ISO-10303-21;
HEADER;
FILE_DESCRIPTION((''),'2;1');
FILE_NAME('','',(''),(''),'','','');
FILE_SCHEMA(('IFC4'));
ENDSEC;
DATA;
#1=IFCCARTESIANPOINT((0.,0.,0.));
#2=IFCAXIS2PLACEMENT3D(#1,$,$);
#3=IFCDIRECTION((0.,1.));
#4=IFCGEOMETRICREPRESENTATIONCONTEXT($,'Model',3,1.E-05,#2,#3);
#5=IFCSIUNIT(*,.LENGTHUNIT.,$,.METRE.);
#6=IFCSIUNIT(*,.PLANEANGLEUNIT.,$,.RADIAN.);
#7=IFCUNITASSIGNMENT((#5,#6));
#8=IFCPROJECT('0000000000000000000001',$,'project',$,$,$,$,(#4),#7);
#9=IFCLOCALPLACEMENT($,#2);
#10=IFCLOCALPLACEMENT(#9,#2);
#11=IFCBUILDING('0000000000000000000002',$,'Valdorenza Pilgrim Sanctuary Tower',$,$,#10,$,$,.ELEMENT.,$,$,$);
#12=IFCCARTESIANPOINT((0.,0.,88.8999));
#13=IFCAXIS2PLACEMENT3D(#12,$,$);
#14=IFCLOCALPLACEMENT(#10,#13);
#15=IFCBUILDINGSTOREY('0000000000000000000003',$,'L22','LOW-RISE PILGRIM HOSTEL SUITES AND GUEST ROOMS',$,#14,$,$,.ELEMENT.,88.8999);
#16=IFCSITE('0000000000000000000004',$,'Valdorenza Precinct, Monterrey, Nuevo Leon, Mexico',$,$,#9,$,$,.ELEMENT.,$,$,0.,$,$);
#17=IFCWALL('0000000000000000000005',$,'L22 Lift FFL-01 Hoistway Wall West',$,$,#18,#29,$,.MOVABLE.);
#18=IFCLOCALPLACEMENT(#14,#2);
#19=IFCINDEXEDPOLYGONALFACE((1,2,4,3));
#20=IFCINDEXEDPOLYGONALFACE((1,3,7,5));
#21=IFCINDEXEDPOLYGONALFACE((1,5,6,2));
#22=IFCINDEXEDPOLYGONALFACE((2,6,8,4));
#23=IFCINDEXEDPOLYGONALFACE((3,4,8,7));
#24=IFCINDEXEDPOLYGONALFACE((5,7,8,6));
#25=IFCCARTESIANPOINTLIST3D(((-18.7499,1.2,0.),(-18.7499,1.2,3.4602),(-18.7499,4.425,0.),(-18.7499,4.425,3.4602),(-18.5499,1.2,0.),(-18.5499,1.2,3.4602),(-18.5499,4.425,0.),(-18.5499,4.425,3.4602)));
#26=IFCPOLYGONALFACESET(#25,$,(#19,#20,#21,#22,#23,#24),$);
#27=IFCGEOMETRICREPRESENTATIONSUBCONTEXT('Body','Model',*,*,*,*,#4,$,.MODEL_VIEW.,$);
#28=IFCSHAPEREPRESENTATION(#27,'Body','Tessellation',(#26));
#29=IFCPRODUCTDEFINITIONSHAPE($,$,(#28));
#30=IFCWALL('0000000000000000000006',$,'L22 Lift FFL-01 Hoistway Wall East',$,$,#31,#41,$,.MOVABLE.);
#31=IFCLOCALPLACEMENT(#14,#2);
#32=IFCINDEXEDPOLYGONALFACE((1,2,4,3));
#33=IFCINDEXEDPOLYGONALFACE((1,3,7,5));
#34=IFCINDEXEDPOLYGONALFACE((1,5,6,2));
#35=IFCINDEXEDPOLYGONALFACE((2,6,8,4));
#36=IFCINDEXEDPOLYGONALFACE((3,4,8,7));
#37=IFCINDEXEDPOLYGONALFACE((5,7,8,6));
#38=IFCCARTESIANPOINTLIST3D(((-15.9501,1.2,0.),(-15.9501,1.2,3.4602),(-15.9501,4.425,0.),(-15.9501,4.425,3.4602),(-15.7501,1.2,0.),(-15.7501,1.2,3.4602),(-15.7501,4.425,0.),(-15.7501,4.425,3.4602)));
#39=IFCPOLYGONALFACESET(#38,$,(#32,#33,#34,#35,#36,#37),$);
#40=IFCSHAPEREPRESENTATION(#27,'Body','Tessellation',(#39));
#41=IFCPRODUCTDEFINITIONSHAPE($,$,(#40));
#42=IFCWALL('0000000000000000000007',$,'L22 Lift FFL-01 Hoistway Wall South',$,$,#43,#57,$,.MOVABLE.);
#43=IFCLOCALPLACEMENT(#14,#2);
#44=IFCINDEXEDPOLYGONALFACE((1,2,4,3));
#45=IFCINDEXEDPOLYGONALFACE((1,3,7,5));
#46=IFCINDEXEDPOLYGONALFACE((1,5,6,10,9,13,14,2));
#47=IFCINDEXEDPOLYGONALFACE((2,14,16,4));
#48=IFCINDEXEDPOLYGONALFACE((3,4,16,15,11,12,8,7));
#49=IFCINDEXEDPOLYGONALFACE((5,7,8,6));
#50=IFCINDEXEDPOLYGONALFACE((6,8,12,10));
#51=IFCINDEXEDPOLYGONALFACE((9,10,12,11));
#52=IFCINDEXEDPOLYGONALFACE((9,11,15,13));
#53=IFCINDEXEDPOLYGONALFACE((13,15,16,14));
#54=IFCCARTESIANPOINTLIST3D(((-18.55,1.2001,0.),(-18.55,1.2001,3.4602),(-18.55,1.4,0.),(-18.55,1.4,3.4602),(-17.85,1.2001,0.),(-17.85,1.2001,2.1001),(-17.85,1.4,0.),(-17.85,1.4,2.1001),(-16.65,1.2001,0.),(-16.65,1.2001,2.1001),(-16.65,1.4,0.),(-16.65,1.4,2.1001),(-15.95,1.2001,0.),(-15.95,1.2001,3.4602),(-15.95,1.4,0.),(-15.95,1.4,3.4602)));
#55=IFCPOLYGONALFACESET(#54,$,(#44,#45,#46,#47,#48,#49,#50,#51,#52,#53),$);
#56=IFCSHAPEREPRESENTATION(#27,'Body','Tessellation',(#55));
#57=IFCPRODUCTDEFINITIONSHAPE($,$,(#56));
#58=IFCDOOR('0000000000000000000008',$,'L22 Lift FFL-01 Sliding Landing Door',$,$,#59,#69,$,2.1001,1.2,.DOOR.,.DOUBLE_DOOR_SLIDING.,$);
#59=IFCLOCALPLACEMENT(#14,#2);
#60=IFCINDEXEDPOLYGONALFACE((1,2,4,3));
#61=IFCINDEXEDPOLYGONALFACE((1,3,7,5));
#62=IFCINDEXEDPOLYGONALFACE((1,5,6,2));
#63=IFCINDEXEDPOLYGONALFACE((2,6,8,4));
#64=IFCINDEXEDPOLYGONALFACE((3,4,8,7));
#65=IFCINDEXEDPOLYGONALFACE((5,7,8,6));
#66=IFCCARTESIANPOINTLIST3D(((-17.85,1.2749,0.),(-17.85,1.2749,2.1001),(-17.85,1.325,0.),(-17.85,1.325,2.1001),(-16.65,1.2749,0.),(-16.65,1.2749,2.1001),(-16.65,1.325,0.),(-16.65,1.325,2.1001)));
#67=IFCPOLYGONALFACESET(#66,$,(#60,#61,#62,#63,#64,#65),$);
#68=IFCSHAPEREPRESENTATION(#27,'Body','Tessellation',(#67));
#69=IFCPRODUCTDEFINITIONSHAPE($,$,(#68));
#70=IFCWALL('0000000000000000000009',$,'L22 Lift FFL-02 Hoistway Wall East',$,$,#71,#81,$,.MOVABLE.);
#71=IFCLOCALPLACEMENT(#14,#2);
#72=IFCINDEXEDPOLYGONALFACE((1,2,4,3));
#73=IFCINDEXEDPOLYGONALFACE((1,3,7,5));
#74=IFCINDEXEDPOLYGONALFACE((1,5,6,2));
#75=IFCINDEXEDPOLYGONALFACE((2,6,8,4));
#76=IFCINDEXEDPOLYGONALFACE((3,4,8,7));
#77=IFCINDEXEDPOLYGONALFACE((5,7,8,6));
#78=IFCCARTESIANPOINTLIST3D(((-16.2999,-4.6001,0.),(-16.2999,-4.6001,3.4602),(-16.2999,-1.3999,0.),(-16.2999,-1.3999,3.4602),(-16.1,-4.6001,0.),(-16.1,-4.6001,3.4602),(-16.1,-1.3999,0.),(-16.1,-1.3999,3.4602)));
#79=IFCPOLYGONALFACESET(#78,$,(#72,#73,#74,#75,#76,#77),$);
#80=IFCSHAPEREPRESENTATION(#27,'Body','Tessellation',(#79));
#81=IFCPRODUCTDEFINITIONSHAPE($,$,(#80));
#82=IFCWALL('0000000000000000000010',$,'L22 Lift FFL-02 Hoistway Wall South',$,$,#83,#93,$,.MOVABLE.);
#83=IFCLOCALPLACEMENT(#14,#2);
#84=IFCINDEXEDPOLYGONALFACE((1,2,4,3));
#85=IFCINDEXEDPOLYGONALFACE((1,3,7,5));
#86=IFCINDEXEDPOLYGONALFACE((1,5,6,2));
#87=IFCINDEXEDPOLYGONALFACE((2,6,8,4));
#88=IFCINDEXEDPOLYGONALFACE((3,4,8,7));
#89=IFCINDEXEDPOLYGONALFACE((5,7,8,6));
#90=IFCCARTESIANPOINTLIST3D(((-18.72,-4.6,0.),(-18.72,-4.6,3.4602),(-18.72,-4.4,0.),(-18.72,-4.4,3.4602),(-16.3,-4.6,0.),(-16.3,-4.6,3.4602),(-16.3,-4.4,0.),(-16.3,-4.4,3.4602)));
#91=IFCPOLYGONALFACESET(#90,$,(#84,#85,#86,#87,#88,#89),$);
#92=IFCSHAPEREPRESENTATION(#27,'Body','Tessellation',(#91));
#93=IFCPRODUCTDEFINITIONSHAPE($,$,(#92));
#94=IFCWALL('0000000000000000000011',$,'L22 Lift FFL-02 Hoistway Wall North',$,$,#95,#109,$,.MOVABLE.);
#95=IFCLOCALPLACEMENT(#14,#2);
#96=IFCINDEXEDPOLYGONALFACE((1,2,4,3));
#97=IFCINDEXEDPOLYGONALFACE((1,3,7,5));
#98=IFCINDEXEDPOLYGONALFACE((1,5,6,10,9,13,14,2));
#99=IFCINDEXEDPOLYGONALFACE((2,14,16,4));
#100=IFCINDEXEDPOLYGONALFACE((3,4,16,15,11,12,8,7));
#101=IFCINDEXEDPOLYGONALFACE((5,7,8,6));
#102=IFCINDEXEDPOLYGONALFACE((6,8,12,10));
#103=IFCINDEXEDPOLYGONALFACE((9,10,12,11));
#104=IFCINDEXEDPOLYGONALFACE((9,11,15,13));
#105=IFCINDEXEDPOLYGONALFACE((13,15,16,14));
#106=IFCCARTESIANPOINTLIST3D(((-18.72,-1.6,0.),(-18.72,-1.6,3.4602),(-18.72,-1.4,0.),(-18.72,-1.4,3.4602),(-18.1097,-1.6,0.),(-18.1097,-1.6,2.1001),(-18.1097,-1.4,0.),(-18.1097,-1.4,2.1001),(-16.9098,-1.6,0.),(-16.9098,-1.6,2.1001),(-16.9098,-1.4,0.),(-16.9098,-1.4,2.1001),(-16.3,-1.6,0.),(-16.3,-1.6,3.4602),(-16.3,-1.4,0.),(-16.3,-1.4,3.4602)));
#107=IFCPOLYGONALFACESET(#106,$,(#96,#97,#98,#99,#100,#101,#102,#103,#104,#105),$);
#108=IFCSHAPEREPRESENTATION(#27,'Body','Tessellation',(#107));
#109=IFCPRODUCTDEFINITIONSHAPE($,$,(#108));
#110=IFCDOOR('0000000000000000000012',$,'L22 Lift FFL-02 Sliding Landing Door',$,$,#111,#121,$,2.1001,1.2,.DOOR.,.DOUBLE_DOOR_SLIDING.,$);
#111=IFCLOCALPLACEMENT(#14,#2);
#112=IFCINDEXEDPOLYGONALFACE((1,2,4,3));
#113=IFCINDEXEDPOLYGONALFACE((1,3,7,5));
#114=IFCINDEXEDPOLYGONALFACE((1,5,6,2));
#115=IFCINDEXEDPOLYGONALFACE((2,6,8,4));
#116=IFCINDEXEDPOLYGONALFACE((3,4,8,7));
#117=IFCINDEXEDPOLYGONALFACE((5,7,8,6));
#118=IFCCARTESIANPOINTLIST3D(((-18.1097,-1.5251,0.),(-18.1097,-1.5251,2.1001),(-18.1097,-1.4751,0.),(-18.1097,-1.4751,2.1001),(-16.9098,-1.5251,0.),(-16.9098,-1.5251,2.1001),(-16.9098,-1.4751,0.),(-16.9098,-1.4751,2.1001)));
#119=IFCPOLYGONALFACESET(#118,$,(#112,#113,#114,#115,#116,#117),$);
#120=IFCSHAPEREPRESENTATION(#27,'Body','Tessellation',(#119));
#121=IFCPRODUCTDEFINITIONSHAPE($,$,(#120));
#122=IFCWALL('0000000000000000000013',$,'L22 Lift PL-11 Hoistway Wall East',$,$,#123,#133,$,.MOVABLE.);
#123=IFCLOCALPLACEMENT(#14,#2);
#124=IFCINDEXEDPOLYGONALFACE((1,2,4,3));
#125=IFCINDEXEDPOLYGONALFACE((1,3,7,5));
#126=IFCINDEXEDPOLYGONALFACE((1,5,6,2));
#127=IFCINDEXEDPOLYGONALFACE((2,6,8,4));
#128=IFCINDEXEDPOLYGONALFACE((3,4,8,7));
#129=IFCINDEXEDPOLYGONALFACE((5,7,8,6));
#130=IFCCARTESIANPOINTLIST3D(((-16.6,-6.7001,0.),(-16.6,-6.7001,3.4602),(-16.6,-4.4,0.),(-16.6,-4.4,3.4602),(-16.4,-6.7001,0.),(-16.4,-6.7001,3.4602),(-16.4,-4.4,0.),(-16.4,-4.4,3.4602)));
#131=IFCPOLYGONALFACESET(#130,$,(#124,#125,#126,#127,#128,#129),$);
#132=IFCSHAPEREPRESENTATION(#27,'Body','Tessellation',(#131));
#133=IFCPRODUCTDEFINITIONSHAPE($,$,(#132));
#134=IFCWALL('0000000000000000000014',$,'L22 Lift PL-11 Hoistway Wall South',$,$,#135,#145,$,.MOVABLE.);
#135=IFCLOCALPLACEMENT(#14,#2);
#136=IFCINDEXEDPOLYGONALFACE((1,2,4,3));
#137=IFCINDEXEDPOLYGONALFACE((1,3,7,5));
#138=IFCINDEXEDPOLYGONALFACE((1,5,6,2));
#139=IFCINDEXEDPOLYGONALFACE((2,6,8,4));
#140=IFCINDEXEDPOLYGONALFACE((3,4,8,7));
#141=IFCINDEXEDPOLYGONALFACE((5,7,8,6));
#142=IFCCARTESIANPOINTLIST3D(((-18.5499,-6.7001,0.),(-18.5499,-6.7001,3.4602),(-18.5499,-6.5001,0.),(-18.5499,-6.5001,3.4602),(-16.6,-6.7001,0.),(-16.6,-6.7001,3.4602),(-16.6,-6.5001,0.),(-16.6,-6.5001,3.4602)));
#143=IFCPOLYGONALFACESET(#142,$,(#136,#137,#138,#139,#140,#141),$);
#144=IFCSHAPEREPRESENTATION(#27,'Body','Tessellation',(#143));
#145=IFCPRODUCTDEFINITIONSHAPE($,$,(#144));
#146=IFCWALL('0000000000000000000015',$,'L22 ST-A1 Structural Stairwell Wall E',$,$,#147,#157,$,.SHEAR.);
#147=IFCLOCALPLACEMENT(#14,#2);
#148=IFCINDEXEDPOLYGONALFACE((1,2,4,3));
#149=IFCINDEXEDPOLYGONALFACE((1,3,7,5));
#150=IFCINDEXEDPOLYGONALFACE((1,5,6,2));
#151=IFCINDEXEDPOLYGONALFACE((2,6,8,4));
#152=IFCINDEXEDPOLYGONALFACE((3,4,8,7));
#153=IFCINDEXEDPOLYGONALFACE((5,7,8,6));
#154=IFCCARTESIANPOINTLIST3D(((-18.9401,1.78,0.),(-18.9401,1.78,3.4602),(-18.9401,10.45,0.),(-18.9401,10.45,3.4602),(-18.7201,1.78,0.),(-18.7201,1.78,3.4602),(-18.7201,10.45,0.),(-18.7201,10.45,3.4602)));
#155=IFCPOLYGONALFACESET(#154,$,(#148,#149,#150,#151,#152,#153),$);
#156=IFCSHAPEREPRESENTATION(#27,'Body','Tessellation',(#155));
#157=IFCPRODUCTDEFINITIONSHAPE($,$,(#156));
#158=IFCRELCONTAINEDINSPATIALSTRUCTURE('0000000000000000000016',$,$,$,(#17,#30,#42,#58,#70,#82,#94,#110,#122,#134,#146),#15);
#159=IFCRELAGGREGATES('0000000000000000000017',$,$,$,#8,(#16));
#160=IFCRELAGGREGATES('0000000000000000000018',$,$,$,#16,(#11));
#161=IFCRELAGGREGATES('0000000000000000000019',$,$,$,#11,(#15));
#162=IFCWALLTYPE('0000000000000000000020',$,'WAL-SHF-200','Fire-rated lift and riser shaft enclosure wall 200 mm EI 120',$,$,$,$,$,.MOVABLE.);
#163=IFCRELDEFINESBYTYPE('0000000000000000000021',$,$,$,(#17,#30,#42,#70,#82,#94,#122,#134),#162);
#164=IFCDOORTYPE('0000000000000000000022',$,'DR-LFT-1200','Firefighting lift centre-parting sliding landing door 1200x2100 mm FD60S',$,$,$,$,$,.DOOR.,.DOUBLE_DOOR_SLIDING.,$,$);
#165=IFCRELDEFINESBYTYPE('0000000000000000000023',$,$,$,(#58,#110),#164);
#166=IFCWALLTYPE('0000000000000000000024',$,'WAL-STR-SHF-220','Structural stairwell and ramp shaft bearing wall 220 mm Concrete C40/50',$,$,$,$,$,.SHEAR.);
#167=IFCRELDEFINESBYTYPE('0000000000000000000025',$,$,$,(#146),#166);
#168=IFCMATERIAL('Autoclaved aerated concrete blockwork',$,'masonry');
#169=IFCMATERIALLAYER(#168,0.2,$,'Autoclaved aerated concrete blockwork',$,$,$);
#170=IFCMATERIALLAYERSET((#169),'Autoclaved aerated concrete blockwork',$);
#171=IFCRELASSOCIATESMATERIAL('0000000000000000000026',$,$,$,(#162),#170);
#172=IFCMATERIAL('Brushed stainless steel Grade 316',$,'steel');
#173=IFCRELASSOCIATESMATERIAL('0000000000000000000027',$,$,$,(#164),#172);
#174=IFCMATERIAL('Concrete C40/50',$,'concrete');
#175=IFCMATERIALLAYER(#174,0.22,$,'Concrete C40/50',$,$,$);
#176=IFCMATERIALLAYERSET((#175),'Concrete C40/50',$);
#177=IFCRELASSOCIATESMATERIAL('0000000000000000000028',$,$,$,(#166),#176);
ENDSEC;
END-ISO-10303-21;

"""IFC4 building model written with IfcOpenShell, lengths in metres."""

from ifc_helpers import new_model, si_unit, direction, frame, frame_2d, origin, place, context, subcontext, project, spatial, rectangle, extrude, material, layer, layer_set, type_object, element, fill, save


model = new_model("IFC4")

# Units and contexts
model_context = context("Model", 3, precision=1e-05, world=origin(), true_north=direction((0.0, 1.0)))
body_context = subcontext(model_context, "Body", "Model", "MODEL_VIEW")
ifc_project = project(units=[si_unit("LENGTHUNIT", "METRE"), si_unit("PLANEANGLEUNIT", "RADIAN")], contexts=[model_context])

# Site, building, storey
site_placement = place(None, origin())
site = spatial("IfcSite", under=ifc_project, at=site_placement, Name="Valdorenza Precinct, Monterrey, Nuevo Leon, Mexico", CompositionType="ELEMENT", RefElevation=0.0)
building_placement = place(site_placement, origin())
building = spatial("IfcBuilding", under=site, at=building_placement, Name="Valdorenza Pilgrim Sanctuary Tower", CompositionType="ELEMENT")
storey_placement = place(building_placement, frame((0.0, 0.0, 88.8999)))
storey = spatial("IfcBuildingStorey", under=building, at=storey_placement, Name="L22", Description="LOW-RISE PILGRIM HOSTEL SUITES AND GUEST ROOMS", CompositionType="ELEMENT", Elevation=88.8999)

# Walls
ifc_material_1 = material(Name="Autoclaved aerated concrete blockwork", Category="masonry")
ifc_layer_1 = layer(ifc_material_1, 0.2, Name="Autoclaved aerated concrete blockwork")
ifc_layer_set_1 = layer_set([ifc_layer_1], Name="Autoclaved aerated concrete blockwork")
wall_type_1 = type_object("IfcWallType", Name="WAL-SHF-200", Description="Fire-rated lift and riser shaft enclosure wall 200 mm EI 120", PredefinedType="MOVABLE", material=ifc_layer_set_1)
for number, where, z_axis, x_axis, name in (
    (1, (-18.6499, 1.2, 0.0), (0.0, 0.0, 1.0), (0.0, 1.0, 0.0), "L22 Lift FFL-01 Hoistway Wall West"),
    (2, (-15.8501, 1.2, 0.0), (0.0, 0.0, 1.0), (0.0, 1.0, 0.0), "L22 Lift FFL-01 Hoistway Wall East"),
):
    element("IfcWall", number, at=place(storey_placement, frame(where, z_axis=z_axis, x_axis=x_axis)), inside=storey, type_object=wall_type_1, Name=name, PredefinedType="MOVABLE", context=body_context, shape_type="SweptSolid", body=[
        extrude(rectangle(XDim=3.2251, YDim=0.2, at=frame_2d((1.6125, 0.0))), origin(), (0.0, 0.0, 1.0), 3.4602),
    ])

# Wall, opening, door
wall_1_placement = place(storey_placement, frame((-18.55, 1.3, 0.0), z_axis=(0.0, 0.0, 1.0), x_axis=(1.0, 0.0, 0.0)))
wall_1 = element("IfcWall", 3, at=wall_1_placement, inside=storey, type_object=wall_type_1, Name="L22 Lift FFL-01 Hoistway Wall South", PredefinedType="MOVABLE", context=body_context, shape_type="SweptSolid", body=[
    extrude(rectangle(XDim=2.6001, YDim=0.2, at=frame_2d((1.3, 0.0))), origin(), (0.0, 0.0, 1.0), 3.4602),
])
opening_1_placement = place(wall_1_placement, frame((0.7, 0.0, 0.0)))
opening_1 = element("IfcOpeningElement", 4, at=opening_1_placement, cuts=wall_1, PredefinedType="OPENING", context=body_context, shape_type="SweptSolid", body=[
    extrude(rectangle(XDim=1.2, YDim=2.1001, at=frame_2d((0.6001, 1.05))), frame((0.0, 0.1147, 0.0), z_axis=(0.0, -1.0, 0.0), x_axis=(1.0, 0.0, 0.0)), (0.0, 0.0, 1.0), 0.2297),
])
ifc_material_2 = material(Name="Brushed stainless steel Grade 316", Category="steel")
door_type = type_object("IfcDoorType", Name="DR-LFT-1200", Description="Firefighting lift centre-parting sliding landing door 1200x2100 mm FD60S", OperationType="DOUBLE_DOOR_SLIDING", PredefinedType="DOOR", material=ifc_material_2)
door_1_placement = place(opening_1_placement, origin())
door_1 = element("IfcDoor", 5, at=door_1_placement, inside=storey, type_object=door_type, Name="L22 Lift FFL-01 Sliding Landing Door", OperationType="DOUBLE_DOOR_SLIDING", OverallHeight=2.1001, OverallWidth=1.2, PredefinedType="DOOR", context=body_context, shape_type="SweptSolid", body=[
    extrude(rectangle(XDim=1.2, YDim=2.1001, at=frame_2d((0.6001, 1.05))), frame((0.0, 0.0249, 0.0), z_axis=(0.0, -1.0, 0.0), x_axis=(1.0, 0.0, 0.0)), (0.0, 0.0, 1.0), 0.05),
])
fill(opening_1, door_1)

# Walls
wall_2_placement = place(storey_placement, frame((-16.2, -4.6001, 0.0), z_axis=(0.0, 0.0, 1.0), x_axis=(0.0, 1.0, 0.0)))
element("IfcWall", 6, at=wall_2_placement, inside=storey, type_object=wall_type_1, Name="L22 Lift FFL-02 Hoistway Wall East", PredefinedType="MOVABLE", context=body_context, shape_type="SweptSolid", body=[
    extrude(rectangle(XDim=3.2002, YDim=0.2, at=frame_2d((1.6001, 0.0))), origin(), (0.0, 0.0, 1.0), 3.4602),
])
wall_3_placement = place(storey_placement, frame((-18.72, -4.5, 0.0), z_axis=(0.0, 0.0, 1.0), x_axis=(1.0, 0.0, 0.0)))
element("IfcWall", 7, at=wall_3_placement, inside=storey, type_object=wall_type_1, Name="L22 Lift FFL-02 Hoistway Wall South", PredefinedType="MOVABLE", context=body_context, shape_type="SweptSolid", body=[
    extrude(rectangle(XDim=2.4199, YDim=0.2, at=frame_2d((1.21, 0.0))), origin(), (0.0, 0.0, 1.0), 3.4602),
])

# Wall, opening, door
wall_4_placement = place(storey_placement, frame((-18.72, -1.5, 0.0), z_axis=(0.0, 0.0, 1.0), x_axis=(1.0, 0.0, 0.0)))
wall_4 = element("IfcWall", 8, at=wall_4_placement, inside=storey, type_object=wall_type_1, Name="L22 Lift FFL-02 Hoistway Wall North", PredefinedType="MOVABLE", context=body_context, shape_type="SweptSolid", body=[
    extrude(rectangle(XDim=2.4199, YDim=0.2, at=frame_2d((1.21, 0.0))), origin(), (0.0, 0.0, 1.0), 3.4602),
])
opening_2_placement = place(wall_4_placement, frame((0.6101, 0.0, 0.0)))
opening_2 = element("IfcOpeningElement", 9, at=opening_2_placement, cuts=wall_4, PredefinedType="OPENING", context=body_context, shape_type="SweptSolid", body=[
    extrude(rectangle(XDim=1.2, YDim=2.1001, at=frame_2d((0.6001, 1.05))), frame((0.0, 0.1147, 0.0), z_axis=(0.0, -1.0, 0.0), x_axis=(1.0, 0.0, 0.0)), (0.0, 0.0, 1.0), 0.2297),
])
door_2_placement = place(opening_2_placement, origin())
door_2 = element("IfcDoor", 10, at=door_2_placement, inside=storey, type_object=door_type, Name="L22 Lift FFL-02 Sliding Landing Door", OperationType="DOUBLE_DOOR_SLIDING", OverallHeight=2.1001, OverallWidth=1.2, PredefinedType="DOOR", context=body_context, shape_type="SweptSolid", body=[
    extrude(rectangle(XDim=1.2, YDim=2.1001, at=frame_2d((0.6001, 1.05))), frame((0.0, 0.0249, 0.0), z_axis=(0.0, -1.0, 0.0), x_axis=(1.0, 0.0, 0.0)), (0.0, 0.0, 1.0), 0.05),
])
fill(opening_2, door_2)

# Walls
wall_5_placement = place(storey_placement, frame((-16.5, -6.7, 0.0), z_axis=(0.0, 0.0, 1.0), x_axis=(0.0, 1.0, 0.0)))
element("IfcWall", 11, at=wall_5_placement, inside=storey, type_object=wall_type_1, Name="L22 Lift PL-11 Hoistway Wall East", PredefinedType="MOVABLE", context=body_context, shape_type="SweptSolid", body=[
    extrude(rectangle(XDim=2.3, YDim=0.2, at=frame_2d((1.1499, 0.0))), origin(), (0.0, 0.0, 1.0), 3.4602),
])
wall_6_placement = place(storey_placement, frame((-18.55, -6.6001, 0.0), z_axis=(0.0, 0.0, 1.0), x_axis=(1.0, 0.0, 0.0)))
element("IfcWall", 12, at=wall_6_placement, inside=storey, type_object=wall_type_1, Name="L22 Lift PL-11 Hoistway Wall South", PredefinedType="MOVABLE", context=body_context, shape_type="SweptSolid", body=[
    extrude(rectangle(XDim=1.95, YDim=0.2, at=frame_2d((0.9751, 0.0))), origin(), (0.0, 0.0, 1.0), 3.4602),
])
ifc_material_3 = material(Name="Concrete C40/50", Category="concrete")
ifc_layer_2 = layer(ifc_material_3, 0.22, Name="Concrete C40/50")
ifc_layer_set_2 = layer_set([ifc_layer_2], Name="Concrete C40/50")
wall_type_2 = type_object("IfcWallType", Name="WAL-STR-SHF-220", Description="Structural stairwell and ramp shaft bearing wall 220 mm Concrete C40/50", PredefinedType="SHEAR", material=ifc_layer_set_2)
wall_7_placement = place(storey_placement, frame((-18.8301, 1.78, 0.0), z_axis=(0.0, 0.0, 1.0), x_axis=(0.0, 1.0, 0.0)))
element("IfcWall", 13, at=wall_7_placement, inside=storey, type_object=wall_type_2, Name="L22 ST-A1 Structural Stairwell Wall E", PredefinedType="SHEAR", context=body_context, shape_type="SweptSolid", body=[
    extrude(rectangle(XDim=8.6699, YDim=0.22, at=frame_2d((4.335, 0.0))), origin(), (0.0, 0.0, 1.0), 3.4602),
])

save(model, "model.ifc")
